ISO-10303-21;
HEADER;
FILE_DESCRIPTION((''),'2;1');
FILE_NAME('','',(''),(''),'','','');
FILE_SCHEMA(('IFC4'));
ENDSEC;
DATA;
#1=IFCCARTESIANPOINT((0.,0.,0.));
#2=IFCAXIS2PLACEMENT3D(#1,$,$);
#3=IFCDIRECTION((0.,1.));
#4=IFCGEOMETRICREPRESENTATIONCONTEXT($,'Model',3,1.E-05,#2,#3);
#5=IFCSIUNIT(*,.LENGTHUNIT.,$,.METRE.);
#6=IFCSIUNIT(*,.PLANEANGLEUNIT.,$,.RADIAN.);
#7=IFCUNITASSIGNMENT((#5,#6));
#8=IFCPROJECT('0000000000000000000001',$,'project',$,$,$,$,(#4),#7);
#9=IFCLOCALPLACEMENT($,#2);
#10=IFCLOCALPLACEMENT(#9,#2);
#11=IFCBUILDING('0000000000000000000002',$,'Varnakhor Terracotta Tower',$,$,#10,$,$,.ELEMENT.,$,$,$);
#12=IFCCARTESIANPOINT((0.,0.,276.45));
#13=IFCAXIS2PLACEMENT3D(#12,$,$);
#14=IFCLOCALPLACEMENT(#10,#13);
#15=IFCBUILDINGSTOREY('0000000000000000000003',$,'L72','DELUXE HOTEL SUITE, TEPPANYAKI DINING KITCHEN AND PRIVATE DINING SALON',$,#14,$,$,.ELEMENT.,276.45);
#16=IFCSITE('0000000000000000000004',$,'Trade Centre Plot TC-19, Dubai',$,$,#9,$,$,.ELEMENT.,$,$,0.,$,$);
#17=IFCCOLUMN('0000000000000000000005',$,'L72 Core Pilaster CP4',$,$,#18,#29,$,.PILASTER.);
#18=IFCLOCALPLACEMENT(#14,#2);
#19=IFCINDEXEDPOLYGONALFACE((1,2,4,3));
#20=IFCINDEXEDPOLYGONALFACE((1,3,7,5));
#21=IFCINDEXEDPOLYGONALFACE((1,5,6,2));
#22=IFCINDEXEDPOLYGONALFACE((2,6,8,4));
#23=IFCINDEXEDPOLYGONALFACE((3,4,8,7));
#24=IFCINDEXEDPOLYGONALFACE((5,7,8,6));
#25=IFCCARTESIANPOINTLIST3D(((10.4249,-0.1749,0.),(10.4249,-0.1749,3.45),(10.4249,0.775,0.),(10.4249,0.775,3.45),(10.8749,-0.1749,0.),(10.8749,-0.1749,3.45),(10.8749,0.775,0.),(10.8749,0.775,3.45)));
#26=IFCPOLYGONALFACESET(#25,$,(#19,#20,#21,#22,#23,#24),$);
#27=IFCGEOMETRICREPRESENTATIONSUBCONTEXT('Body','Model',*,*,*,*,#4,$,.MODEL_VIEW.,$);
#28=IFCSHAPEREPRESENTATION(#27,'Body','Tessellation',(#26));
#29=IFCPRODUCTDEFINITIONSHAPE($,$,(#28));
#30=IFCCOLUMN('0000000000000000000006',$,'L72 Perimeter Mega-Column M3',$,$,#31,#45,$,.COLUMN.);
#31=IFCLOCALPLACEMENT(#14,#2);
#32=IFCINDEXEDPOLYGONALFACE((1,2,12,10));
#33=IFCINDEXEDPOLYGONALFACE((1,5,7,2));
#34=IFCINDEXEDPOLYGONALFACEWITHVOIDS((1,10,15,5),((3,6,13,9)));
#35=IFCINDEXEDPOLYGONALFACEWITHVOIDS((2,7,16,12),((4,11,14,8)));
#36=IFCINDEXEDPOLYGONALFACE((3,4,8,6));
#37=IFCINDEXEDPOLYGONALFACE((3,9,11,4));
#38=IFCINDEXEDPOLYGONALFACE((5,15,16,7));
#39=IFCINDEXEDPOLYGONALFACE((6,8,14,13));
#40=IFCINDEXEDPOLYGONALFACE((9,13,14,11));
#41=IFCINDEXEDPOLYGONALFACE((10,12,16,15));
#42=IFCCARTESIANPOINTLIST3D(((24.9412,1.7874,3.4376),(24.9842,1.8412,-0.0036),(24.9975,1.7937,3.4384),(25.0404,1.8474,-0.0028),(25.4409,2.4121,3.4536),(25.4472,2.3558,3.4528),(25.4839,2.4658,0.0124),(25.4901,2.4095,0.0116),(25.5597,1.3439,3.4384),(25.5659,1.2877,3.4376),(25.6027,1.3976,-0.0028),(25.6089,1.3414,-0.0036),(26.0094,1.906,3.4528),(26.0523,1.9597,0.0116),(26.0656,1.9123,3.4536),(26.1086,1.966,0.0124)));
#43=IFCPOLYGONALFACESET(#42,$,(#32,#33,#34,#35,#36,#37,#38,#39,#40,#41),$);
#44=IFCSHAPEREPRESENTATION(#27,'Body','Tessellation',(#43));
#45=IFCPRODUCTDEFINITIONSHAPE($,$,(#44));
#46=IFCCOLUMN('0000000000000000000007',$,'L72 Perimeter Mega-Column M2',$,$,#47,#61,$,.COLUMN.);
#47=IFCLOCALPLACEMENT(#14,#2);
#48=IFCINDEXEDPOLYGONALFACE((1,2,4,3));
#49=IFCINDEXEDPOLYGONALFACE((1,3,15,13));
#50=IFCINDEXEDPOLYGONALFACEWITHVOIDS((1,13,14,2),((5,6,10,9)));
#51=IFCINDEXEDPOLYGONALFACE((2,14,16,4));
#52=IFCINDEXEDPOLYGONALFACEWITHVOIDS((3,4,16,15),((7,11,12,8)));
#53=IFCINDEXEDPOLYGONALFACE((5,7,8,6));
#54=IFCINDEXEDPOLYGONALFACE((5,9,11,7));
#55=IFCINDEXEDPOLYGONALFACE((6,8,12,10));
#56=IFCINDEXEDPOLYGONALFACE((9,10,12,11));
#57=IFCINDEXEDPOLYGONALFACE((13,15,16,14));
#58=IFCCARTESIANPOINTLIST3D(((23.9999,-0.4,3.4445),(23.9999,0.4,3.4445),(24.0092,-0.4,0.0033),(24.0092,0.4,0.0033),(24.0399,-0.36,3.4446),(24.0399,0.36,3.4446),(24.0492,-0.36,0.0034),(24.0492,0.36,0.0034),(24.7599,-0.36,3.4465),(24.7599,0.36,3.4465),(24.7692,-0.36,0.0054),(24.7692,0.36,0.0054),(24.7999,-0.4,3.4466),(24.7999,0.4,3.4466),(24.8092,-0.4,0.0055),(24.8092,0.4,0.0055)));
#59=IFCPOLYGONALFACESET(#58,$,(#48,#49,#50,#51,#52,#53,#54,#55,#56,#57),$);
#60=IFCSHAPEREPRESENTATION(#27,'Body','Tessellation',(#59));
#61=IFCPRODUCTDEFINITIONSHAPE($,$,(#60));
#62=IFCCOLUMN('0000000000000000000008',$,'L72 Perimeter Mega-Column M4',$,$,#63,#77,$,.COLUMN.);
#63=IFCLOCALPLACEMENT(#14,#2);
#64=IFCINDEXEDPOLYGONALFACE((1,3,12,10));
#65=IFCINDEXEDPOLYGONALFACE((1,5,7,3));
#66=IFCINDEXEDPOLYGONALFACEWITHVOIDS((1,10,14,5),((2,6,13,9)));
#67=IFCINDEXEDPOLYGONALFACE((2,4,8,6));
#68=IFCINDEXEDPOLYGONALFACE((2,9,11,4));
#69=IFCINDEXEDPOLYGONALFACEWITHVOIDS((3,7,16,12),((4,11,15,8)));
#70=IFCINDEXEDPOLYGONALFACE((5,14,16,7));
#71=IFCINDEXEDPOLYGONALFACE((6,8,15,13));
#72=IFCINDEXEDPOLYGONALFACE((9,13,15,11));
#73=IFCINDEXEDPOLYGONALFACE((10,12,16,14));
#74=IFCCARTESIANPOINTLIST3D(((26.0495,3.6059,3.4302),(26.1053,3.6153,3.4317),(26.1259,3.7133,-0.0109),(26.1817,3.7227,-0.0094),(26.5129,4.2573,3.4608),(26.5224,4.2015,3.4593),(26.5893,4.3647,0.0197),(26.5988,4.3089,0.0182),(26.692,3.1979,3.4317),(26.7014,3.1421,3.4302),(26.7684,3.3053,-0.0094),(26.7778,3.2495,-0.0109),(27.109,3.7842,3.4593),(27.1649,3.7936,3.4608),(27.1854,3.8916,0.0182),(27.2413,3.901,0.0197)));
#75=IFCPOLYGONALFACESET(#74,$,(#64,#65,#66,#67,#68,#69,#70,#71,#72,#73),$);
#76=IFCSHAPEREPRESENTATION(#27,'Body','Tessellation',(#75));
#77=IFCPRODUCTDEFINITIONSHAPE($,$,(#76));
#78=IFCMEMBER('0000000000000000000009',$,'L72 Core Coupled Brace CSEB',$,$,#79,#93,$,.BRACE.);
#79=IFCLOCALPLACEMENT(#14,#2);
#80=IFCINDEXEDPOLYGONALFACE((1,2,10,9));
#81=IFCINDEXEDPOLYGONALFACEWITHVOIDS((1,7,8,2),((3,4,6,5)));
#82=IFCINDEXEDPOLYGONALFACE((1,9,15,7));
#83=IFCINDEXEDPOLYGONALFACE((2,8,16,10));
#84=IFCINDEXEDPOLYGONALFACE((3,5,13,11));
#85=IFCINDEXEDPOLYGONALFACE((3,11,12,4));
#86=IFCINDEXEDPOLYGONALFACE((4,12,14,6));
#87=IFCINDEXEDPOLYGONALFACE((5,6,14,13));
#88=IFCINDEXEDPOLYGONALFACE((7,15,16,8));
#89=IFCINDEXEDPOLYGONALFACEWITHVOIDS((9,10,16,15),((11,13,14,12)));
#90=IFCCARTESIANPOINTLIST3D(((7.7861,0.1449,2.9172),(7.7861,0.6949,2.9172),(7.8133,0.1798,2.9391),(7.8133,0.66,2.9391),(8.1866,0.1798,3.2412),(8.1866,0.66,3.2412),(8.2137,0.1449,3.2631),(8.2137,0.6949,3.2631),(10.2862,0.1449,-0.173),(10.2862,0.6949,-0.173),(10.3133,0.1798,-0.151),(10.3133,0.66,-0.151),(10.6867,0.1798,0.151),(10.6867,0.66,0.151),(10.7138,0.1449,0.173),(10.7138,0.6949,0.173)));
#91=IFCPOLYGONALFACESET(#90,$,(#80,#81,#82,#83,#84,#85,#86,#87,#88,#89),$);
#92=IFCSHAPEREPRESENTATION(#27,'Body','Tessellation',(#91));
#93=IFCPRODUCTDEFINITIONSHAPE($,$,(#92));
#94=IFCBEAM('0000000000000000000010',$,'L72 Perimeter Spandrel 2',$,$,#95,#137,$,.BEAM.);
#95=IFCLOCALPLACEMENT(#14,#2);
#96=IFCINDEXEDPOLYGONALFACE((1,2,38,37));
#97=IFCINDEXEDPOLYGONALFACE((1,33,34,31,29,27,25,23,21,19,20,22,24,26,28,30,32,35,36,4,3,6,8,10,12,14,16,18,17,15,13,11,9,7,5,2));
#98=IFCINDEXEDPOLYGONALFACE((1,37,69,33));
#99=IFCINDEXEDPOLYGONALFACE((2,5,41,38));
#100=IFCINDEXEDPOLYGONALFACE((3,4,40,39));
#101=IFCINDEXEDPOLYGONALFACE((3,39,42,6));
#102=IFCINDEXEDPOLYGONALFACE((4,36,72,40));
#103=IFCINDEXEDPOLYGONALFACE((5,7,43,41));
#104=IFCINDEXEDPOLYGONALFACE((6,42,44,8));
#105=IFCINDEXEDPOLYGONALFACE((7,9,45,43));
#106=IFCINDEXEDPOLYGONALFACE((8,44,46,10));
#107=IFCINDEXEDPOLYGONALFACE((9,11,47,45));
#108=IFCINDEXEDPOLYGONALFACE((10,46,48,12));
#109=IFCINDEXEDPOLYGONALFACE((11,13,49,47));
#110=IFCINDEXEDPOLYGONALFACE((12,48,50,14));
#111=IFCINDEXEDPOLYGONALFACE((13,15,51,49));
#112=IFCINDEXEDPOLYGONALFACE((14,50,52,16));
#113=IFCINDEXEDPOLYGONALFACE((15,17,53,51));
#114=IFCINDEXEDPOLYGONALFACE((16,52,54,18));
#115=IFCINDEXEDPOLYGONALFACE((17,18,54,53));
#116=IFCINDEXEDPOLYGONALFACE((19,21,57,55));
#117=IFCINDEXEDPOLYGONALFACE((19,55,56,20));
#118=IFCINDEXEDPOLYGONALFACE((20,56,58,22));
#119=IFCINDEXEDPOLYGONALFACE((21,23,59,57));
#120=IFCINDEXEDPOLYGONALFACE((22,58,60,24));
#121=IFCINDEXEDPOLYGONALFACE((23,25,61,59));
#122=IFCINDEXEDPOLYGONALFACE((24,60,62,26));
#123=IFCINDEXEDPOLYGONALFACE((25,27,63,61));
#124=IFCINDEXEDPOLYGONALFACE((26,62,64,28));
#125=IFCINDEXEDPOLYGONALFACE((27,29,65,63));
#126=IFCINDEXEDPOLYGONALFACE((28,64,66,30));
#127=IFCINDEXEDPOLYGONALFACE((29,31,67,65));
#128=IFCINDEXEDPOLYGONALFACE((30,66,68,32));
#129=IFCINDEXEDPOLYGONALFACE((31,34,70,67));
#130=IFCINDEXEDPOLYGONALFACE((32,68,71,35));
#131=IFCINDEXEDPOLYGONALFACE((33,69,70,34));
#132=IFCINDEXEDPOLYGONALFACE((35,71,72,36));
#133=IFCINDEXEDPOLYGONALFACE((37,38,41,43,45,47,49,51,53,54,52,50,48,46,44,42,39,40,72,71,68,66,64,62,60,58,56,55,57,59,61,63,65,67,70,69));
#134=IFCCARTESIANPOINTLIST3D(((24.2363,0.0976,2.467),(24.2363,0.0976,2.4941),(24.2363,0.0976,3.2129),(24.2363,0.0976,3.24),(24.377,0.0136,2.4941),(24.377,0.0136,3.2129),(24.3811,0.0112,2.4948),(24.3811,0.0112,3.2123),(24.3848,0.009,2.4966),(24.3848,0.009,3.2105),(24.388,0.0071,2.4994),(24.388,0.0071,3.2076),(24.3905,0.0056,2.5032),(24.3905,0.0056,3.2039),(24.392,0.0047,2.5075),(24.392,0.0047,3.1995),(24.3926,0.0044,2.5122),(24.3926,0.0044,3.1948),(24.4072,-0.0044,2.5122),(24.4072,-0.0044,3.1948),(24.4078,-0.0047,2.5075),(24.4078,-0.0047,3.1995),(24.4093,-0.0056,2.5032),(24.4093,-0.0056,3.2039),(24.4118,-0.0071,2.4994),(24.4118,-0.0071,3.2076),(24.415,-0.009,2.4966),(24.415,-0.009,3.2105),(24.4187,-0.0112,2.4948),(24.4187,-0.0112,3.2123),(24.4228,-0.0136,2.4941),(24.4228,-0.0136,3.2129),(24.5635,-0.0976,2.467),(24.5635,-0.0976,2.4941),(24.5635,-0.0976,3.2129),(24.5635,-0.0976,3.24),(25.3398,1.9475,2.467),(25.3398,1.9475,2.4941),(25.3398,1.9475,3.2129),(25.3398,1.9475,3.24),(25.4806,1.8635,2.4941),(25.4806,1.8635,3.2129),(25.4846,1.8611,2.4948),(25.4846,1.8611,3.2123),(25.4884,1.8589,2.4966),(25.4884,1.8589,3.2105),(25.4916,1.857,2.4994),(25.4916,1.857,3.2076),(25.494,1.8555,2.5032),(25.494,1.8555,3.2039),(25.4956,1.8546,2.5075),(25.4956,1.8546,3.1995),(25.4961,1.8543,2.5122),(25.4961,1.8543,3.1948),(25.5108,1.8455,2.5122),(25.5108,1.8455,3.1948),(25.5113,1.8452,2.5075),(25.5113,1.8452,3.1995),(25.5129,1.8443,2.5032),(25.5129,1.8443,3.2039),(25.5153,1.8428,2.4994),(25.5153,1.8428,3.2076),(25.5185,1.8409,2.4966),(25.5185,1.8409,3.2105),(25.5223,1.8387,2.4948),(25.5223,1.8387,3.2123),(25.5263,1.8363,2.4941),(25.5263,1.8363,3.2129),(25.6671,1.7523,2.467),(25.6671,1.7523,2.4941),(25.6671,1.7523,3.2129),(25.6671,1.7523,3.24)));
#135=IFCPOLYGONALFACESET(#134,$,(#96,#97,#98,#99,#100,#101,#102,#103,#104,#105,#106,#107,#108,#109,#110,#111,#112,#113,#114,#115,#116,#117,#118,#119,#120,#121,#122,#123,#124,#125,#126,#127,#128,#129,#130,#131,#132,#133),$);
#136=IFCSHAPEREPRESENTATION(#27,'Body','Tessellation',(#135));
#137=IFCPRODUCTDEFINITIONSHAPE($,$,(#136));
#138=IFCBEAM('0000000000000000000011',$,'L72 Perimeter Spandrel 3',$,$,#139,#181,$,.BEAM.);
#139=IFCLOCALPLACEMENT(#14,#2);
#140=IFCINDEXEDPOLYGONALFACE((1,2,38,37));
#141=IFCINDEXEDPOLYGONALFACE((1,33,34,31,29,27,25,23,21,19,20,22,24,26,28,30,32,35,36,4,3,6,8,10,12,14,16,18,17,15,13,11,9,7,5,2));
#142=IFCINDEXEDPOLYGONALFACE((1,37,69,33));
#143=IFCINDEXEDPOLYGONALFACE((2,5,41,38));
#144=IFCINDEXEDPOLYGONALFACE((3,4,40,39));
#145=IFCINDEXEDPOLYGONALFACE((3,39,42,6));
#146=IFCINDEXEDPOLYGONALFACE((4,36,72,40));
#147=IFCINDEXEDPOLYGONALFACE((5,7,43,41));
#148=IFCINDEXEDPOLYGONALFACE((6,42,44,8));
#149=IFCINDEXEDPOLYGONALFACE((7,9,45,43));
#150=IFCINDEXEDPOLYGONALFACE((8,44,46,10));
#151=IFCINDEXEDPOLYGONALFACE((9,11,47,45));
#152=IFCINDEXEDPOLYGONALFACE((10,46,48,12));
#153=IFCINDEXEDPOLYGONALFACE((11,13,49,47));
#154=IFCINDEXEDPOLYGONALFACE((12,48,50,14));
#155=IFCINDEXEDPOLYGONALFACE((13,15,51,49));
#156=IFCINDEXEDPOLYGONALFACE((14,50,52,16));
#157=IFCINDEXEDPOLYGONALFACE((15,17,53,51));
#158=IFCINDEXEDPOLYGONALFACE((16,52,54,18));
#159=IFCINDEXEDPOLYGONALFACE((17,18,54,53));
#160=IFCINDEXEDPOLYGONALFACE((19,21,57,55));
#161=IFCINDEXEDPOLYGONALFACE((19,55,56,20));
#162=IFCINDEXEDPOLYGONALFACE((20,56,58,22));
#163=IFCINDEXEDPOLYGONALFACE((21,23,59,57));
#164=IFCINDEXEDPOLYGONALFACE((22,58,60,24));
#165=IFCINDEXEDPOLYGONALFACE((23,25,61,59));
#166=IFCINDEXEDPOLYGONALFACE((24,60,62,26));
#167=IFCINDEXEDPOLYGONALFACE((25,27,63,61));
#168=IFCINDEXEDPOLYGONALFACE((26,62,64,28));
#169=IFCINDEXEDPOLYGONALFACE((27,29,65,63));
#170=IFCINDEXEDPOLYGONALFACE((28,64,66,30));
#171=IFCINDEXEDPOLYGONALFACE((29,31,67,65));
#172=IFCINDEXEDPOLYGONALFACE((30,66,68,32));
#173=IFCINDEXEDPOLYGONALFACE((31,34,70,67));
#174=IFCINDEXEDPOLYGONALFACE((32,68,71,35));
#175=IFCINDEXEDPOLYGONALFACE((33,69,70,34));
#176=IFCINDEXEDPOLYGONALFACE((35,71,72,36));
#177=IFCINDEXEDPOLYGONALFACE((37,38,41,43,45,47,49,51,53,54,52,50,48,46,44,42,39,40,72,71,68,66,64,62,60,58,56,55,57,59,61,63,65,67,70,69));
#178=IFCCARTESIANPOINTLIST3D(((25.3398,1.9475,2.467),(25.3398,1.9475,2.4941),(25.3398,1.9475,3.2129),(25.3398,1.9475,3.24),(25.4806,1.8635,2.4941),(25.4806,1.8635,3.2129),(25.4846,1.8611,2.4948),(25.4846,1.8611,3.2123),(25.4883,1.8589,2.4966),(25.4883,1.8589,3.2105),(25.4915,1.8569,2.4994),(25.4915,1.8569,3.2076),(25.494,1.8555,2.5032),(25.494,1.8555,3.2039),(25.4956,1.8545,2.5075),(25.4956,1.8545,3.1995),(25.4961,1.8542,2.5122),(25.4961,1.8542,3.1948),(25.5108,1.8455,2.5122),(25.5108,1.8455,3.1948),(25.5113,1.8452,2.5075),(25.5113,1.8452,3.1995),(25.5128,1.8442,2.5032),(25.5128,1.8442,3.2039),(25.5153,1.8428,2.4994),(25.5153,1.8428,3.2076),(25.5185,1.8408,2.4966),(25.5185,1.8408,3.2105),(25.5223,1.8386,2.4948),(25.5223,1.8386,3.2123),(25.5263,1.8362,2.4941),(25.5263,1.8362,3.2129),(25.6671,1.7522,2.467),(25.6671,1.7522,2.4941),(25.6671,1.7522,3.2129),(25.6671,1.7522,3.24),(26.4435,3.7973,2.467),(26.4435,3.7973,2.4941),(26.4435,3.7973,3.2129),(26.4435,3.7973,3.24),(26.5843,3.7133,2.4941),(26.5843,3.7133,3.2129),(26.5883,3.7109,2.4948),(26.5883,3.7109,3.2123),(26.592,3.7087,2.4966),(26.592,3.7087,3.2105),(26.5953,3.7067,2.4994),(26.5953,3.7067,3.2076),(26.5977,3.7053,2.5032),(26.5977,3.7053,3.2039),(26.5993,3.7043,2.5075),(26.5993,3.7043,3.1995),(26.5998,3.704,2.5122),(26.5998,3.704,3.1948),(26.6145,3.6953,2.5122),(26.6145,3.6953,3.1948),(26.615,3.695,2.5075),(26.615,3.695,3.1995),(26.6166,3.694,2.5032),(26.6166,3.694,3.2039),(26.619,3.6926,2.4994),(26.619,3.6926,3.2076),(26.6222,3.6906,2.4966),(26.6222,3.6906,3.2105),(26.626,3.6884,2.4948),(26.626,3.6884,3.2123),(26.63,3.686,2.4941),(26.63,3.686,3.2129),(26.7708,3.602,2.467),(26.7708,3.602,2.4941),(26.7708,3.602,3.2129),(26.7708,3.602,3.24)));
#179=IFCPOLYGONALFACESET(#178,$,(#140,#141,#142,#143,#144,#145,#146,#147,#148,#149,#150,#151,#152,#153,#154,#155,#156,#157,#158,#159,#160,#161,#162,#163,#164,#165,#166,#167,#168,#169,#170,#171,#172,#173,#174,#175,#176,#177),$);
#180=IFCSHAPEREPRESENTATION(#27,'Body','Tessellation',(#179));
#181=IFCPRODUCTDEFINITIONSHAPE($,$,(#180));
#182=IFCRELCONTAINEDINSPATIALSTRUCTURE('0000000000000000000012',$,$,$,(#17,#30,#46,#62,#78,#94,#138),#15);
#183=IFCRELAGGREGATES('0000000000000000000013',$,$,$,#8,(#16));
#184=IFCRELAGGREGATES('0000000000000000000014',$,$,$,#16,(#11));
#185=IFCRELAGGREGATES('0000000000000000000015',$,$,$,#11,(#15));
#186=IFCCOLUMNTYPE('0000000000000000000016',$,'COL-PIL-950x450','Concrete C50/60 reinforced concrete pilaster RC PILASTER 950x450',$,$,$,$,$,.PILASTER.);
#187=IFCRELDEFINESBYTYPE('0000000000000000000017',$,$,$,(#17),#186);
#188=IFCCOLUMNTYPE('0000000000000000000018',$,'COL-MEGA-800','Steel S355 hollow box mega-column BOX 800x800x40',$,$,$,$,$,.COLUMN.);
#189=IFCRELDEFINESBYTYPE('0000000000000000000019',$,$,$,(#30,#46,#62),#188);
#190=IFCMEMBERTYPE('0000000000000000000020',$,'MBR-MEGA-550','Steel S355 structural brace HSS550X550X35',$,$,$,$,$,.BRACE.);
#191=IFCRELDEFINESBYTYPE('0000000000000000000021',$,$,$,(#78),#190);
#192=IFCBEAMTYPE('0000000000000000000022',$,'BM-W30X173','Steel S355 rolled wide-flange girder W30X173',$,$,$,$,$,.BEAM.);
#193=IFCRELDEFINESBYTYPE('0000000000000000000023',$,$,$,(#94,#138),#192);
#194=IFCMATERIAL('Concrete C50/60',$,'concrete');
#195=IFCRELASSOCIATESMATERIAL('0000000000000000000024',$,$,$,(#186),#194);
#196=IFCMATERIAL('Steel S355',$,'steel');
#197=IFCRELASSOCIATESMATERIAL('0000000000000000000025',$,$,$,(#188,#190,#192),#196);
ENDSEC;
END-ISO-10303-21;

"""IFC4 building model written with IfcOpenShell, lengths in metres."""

from ifc_helpers import new_model, si_unit, direction, frame, origin, origin_2d, place, context, subcontext, project, spatial, rectangle, hollow_rectangle, i_section, extrude, source, transform, mapped, material, material_profile, profile_set, type_object, element, save


model = new_model("IFC4")

# Units and contexts
model_context = context("Model", 3, precision=1e-05, world=origin(), true_north=direction((0.0, 1.0)))
body_context = subcontext(model_context, "Body", "Model", "MODEL_VIEW")
ifc_project = project(units=[si_unit("LENGTHUNIT", "METRE"), si_unit("PLANEANGLEUNIT", "RADIAN")], contexts=[model_context])

# Site, building, storey
site_placement = place(None, origin())
site = spatial("IfcSite", under=ifc_project, at=site_placement, Name="Trade Centre Plot TC-19, Dubai", CompositionType="ELEMENT", RefElevation=0.0)
building_placement = place(site_placement, origin())
building = spatial("IfcBuilding", under=site, at=building_placement, Name="Varnakhor Terracotta Tower", CompositionType="ELEMENT")
storey_placement = place(building_placement, frame((0.0, 0.0, 276.45)))
storey = spatial("IfcBuildingStorey", under=building, at=storey_placement, Name="L72", Description="DELUXE HOTEL SUITE, TEPPANYAKI DINING KITCHEN AND PRIVATE DINING SALON", CompositionType="ELEMENT", Elevation=276.45)

# Columns
ifc_material_1 = material(Name="Concrete C50/60", Category="concrete")
ifc_material_profile_1 = material_profile(ifc_material_1, rectangle(XDim=0.45, YDim=0.95, at=origin_2d()), Name="RC PILASTER 950x450")
ifc_profile_set_1 = profile_set([ifc_material_profile_1], Name="Concrete C50/60")
column_type_1 = type_object("IfcColumnType", Name="COL-PIL-950x450", Description="Concrete C50/60 reinforced concrete pilaster RC PILASTER 950x450", PredefinedType="PILASTER", material=ifc_profile_set_1)
shared_shape_1 = source(origin(), body_context, "Body", "SweptSolid", [
    extrude(rectangle(XDim=0.45, YDim=0.95, at=origin_2d()), origin(), (0.0, 0.0, 1.0), 3.45),
])
column_1_placement = place(storey_placement, frame((10.6499, 0.3, 0.0), z_axis=(0.0, 0.0, 1.0), x_axis=(1.0, 0.0, 0.0)))
element("IfcColumn", 1, at=column_1_placement, inside=storey, type_object=column_type_1, Name="L72 Core Pilaster CP4", PredefinedType="PILASTER", context=body_context, shape_type="MappedRepresentation", body=[
    mapped(shared_shape_1, transform((0.0, 0.0, 0.0), scale=1.0)),
])
ifc_material_2 = material(Name="Steel S355", Category="steel")
ifc_material_profile_2 = material_profile(ifc_material_2, hollow_rectangle(XDim=0.8, YDim=0.8, WallThickness=0.04, at=origin_2d()), Name="BOX 800x800x40")
ifc_profile_set_2 = profile_set([ifc_material_profile_2], Name="Steel S355")
column_type_2 = type_object("IfcColumnType", Name="COL-MEGA-800", Description="Steel S355 hollow box mega-column BOX 800x800x40", PredefinedType="COLUMN", material=ifc_profile_set_2)
shared_shape_2 = source(origin(), body_context, "Body", "SweptSolid", [
    extrude(hollow_rectangle(XDim=0.8, YDim=0.8, WallThickness=0.04, at=origin_2d()), origin(), (0.0, 0.0, 1.0), 3.4419),
])
column_2_placement = place(storey_placement, frame((25.5464, 1.9036, 0.0044), z_axis=(-0.012484, -0.015605, 0.9998), x_axis=(0.780869, -0.624695, 0.0)))
element("IfcColumn", 2, at=column_2_placement, inside=storey, type_object=column_type_2, Name="L72 Perimeter Mega-Column M3", PredefinedType="COLUMN", context=body_context, shape_type="MappedRepresentation", body=[
    mapped(shared_shape_2, transform((0.0, 0.0, 0.0), scale=1.0)),
])
shared_shape_3 = source(origin(), body_context, "Body", "SweptSolid", [
    extrude(hollow_rectangle(XDim=0.8, YDim=0.8, WallThickness=0.04, at=origin_2d()), origin(), (0.0, 0.0, 1.0), 3.4412),
])
column_3_placement = place(storey_placement, frame((24.4092, 0.0, 0.0044), z_axis=(-0.002696, 0.0, 0.999996), x_axis=(0.0, -1.0, 0.0)))
element("IfcColumn", 3, at=column_3_placement, inside=storey, type_object=column_type_2, Name="L72 Perimeter Mega-Column M2", PredefinedType="COLUMN", context=body_context, shape_type="MappedRepresentation", body=[
    mapped(shared_shape_3, transform((0.0, 0.0, 0.0), scale=1.0)),
])
shared_shape_4 = source(origin(), body_context, "Body", "SweptSolid", [
    extrude(hollow_rectangle(XDim=0.8, YDim=0.8, WallThickness=0.04, at=origin_2d()), origin(), (0.0, 0.0, 1.0), 3.4436),
])
column_4_placement = place(storey_placement, frame((26.6836, 3.8071, 0.0044), z_axis=(-0.02219, -0.031194, 0.999267), x_axis=(0.814858, -0.57966, 0.0)))
element("IfcColumn", 4, at=column_4_placement, inside=storey, type_object=column_type_2, Name="L72 Perimeter Mega-Column M4", PredefinedType="COLUMN", context=body_context, shape_type="MappedRepresentation", body=[
    mapped(shared_shape_4, transform((0.0, 0.0, 0.0), scale=1.0)),
])

# Member
ifc_material_profile_3 = material_profile(ifc_material_2, hollow_rectangle(XDim=0.55, YDim=0.55, WallThickness=0.0349, at=origin_2d()), Name="HSS550X550X35")
ifc_profile_set_3 = profile_set([ifc_material_profile_3], Name="Steel S355")
member_type_1 = type_object("IfcMemberType", Name="MBR-MEGA-550", Description="Steel S355 structural brace HSS550X550X35", PredefinedType="BRACE", material=ifc_profile_set_3)
shared_shape_5 = source(origin(), body_context, "Body", "SweptSolid", [
    extrude(hollow_rectangle(XDim=0.55, YDim=0.55, WallThickness=0.0349, at=origin_2d()), origin(), (0.0, 0.0, 1.0), 3.9749),
])
member_1_placement = place(storey_placement, frame((10.5, 0.4199, 0.0), z_axis=(-0.62897, 0.0, 0.777429), x_axis=(0.0, -1.0, 0.0)))
element("IfcMember", 5, at=member_1_placement, inside=storey, type_object=member_type_1, Name="L72 Core Coupled Brace CSEB", PredefinedType="BRACE", context=body_context, shape_type="MappedRepresentation", body=[
    mapped(shared_shape_5, transform((0.0, 0.0, 0.0), scale=1.0)),
])

# Beams
ifc_material_profile_4 = material_profile(ifc_material_2, i_section(OverallWidth=0.3811, OverallDepth=0.7729, WebThickness=0.0171, FlangeThickness=0.0271, FilletRadius=0.0181, at=origin_2d()), Name="W30X173")
ifc_profile_set_4 = profile_set([ifc_material_profile_4], Name="Steel S355")
beam_type_1 = type_object("IfcBeamType", Name="BM-W30X173", Description="Steel S355 rolled wide-flange girder W30X173", PredefinedType="BEAM", material=ifc_profile_set_4)
shared_shape_6 = source(origin(), body_context, "Body", "SweptSolid", [
    extrude(i_section(OverallWidth=0.3811, OverallDepth=0.7729, WebThickness=0.0171, FlangeThickness=0.0271, FilletRadius=0.0181, at=origin_2d()), origin(), (0.0, 0.0, 1.0), 2.1541),
])
for number, where, z_axis, x_axis, name in (
    (6, (24.3999, 0.0, 2.8535), (0.512311, 0.8588, 0.0), (-0.8588, 0.512311, 0.0), "L72 Perimeter Spandrel 2"),
    (7, (25.5034, 1.8499, 2.8535), (0.512394, 0.85875, 0.0), (-0.85875, 0.512394, 0.0), "L72 Perimeter Spandrel 3"),
):
    element("IfcBeam", number, at=place(storey_placement, frame(where, z_axis=z_axis, x_axis=x_axis)), inside=storey, type_object=beam_type_1, Name=name, PredefinedType="BEAM", context=body_context, shape_type="MappedRepresentation", body=[
        mapped(shared_shape_6, transform((0.0, 0.0, 0.0), scale=1.0)),
    ])

save(model, "model.ifc")
